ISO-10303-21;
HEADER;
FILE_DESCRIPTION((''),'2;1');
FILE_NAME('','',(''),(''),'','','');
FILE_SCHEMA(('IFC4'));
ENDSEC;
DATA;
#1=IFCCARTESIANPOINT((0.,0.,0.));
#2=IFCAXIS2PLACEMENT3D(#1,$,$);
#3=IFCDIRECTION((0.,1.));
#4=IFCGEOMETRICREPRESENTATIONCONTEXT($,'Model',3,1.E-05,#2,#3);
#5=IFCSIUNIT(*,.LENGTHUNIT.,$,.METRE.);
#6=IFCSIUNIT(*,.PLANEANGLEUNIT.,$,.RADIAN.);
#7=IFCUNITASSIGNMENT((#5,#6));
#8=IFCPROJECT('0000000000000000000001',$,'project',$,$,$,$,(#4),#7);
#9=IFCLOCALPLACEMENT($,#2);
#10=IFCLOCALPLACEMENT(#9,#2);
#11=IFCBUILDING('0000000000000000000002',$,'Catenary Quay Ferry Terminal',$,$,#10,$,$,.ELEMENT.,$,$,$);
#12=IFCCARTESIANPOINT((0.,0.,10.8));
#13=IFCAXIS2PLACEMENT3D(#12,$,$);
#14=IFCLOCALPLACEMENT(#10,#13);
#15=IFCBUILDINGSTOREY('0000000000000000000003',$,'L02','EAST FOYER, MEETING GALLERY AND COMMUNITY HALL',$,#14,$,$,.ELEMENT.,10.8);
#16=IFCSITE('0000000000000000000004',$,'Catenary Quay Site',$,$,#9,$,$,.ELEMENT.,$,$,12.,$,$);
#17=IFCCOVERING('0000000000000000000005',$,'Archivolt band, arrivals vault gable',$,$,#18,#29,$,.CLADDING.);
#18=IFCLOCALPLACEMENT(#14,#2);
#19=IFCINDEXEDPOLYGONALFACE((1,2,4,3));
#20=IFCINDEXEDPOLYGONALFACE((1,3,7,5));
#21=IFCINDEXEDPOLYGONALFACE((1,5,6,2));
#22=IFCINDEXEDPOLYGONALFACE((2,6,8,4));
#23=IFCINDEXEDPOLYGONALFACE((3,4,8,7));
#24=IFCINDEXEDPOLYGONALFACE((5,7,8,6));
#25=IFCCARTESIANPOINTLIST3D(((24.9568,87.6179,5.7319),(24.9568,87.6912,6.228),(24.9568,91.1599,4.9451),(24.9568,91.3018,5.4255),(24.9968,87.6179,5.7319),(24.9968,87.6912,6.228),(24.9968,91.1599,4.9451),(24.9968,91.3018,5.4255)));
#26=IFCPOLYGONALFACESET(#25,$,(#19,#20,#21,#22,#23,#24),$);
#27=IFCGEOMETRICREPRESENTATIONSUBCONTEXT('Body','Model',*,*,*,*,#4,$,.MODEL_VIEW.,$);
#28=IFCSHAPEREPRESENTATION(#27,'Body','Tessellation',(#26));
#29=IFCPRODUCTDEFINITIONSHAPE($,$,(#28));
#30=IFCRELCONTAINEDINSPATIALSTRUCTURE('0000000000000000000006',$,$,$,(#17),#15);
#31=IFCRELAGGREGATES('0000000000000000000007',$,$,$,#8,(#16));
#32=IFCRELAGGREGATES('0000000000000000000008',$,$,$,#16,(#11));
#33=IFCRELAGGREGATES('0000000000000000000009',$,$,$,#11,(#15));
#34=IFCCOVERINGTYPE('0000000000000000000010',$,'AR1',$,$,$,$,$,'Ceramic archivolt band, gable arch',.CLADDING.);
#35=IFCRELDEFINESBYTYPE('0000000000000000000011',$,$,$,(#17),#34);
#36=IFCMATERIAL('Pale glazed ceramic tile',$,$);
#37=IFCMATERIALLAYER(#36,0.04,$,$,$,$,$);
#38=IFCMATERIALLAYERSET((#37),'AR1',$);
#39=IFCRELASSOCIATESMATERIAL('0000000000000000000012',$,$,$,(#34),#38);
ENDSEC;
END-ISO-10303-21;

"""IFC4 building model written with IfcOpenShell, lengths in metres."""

from ifc_helpers import new_model, si_unit, direction, frame, origin, place, context, subcontext, project, spatial, polyline, outline, extrude, material, layer, layer_set, type_object, element, save


model = new_model("IFC4")

# Units and contexts
model_context = context("Model", 3, precision=1e-05, world=origin(), true_north=direction((0.0, 1.0)))
body_context = subcontext(model_context, "Body", "Model", "MODEL_VIEW")
ifc_project = project(units=[si_unit("LENGTHUNIT", "METRE"), si_unit("PLANEANGLEUNIT", "RADIAN")], contexts=[model_context])

# Site, building, storey
site_placement = place(None, origin())
site = spatial("IfcSite", under=ifc_project, at=site_placement, Name="Catenary Quay Site", CompositionType="ELEMENT", RefElevation=12.0)
building_placement = place(site_placement, origin())
building = spatial("IfcBuilding", under=site, at=building_placement, Name="Catenary Quay Ferry Terminal", CompositionType="ELEMENT")
storey_placement = place(building_placement, frame((0.0, 0.0, 10.8)))
storey = spatial("IfcBuildingStorey", under=building, at=storey_placement, Name="L02", Description="EAST FOYER, MEETING GALLERY AND COMMUNITY HALL", CompositionType="ELEMENT", Elevation=10.8)

# Covering
ifc_material_1 = material(Name="Pale glazed ceramic tile")
ifc_layer_1 = layer(ifc_material_1, 0.04)
ifc_layer_set_1 = layer_set([ifc_layer_1], Name="AR1")
covering_type = type_object("IfcCoveringType", Name="AR1", ElementType="Ceramic archivolt band, gable arch", PredefinedType="CLADDING", material=ifc_layer_set_1)
covering_placement = place(storey_placement, frame((24.9968, 87.6179, 5.7319), z_axis=(1.0, 0.0, 0.0), x_axis=(0.0, 0.976201, -0.216866)))
element("IfcCovering", 1, at=covering_placement, inside=storey, type_object=covering_type, Name="Archivolt band, arrivals vault gable", PredefinedType="CLADDING", context=body_context, shape_type="SweptSolid", body=[
    extrude(outline(polyline([(0.0, 0.0), (3.6283, 0.0), (3.6626, 0.4998), (-0.0361, 0.5002), (0.0, 0.0)])), origin(), (0.0, 0.0, -1.0), 0.04),
])

save(model, "model.ifc")
